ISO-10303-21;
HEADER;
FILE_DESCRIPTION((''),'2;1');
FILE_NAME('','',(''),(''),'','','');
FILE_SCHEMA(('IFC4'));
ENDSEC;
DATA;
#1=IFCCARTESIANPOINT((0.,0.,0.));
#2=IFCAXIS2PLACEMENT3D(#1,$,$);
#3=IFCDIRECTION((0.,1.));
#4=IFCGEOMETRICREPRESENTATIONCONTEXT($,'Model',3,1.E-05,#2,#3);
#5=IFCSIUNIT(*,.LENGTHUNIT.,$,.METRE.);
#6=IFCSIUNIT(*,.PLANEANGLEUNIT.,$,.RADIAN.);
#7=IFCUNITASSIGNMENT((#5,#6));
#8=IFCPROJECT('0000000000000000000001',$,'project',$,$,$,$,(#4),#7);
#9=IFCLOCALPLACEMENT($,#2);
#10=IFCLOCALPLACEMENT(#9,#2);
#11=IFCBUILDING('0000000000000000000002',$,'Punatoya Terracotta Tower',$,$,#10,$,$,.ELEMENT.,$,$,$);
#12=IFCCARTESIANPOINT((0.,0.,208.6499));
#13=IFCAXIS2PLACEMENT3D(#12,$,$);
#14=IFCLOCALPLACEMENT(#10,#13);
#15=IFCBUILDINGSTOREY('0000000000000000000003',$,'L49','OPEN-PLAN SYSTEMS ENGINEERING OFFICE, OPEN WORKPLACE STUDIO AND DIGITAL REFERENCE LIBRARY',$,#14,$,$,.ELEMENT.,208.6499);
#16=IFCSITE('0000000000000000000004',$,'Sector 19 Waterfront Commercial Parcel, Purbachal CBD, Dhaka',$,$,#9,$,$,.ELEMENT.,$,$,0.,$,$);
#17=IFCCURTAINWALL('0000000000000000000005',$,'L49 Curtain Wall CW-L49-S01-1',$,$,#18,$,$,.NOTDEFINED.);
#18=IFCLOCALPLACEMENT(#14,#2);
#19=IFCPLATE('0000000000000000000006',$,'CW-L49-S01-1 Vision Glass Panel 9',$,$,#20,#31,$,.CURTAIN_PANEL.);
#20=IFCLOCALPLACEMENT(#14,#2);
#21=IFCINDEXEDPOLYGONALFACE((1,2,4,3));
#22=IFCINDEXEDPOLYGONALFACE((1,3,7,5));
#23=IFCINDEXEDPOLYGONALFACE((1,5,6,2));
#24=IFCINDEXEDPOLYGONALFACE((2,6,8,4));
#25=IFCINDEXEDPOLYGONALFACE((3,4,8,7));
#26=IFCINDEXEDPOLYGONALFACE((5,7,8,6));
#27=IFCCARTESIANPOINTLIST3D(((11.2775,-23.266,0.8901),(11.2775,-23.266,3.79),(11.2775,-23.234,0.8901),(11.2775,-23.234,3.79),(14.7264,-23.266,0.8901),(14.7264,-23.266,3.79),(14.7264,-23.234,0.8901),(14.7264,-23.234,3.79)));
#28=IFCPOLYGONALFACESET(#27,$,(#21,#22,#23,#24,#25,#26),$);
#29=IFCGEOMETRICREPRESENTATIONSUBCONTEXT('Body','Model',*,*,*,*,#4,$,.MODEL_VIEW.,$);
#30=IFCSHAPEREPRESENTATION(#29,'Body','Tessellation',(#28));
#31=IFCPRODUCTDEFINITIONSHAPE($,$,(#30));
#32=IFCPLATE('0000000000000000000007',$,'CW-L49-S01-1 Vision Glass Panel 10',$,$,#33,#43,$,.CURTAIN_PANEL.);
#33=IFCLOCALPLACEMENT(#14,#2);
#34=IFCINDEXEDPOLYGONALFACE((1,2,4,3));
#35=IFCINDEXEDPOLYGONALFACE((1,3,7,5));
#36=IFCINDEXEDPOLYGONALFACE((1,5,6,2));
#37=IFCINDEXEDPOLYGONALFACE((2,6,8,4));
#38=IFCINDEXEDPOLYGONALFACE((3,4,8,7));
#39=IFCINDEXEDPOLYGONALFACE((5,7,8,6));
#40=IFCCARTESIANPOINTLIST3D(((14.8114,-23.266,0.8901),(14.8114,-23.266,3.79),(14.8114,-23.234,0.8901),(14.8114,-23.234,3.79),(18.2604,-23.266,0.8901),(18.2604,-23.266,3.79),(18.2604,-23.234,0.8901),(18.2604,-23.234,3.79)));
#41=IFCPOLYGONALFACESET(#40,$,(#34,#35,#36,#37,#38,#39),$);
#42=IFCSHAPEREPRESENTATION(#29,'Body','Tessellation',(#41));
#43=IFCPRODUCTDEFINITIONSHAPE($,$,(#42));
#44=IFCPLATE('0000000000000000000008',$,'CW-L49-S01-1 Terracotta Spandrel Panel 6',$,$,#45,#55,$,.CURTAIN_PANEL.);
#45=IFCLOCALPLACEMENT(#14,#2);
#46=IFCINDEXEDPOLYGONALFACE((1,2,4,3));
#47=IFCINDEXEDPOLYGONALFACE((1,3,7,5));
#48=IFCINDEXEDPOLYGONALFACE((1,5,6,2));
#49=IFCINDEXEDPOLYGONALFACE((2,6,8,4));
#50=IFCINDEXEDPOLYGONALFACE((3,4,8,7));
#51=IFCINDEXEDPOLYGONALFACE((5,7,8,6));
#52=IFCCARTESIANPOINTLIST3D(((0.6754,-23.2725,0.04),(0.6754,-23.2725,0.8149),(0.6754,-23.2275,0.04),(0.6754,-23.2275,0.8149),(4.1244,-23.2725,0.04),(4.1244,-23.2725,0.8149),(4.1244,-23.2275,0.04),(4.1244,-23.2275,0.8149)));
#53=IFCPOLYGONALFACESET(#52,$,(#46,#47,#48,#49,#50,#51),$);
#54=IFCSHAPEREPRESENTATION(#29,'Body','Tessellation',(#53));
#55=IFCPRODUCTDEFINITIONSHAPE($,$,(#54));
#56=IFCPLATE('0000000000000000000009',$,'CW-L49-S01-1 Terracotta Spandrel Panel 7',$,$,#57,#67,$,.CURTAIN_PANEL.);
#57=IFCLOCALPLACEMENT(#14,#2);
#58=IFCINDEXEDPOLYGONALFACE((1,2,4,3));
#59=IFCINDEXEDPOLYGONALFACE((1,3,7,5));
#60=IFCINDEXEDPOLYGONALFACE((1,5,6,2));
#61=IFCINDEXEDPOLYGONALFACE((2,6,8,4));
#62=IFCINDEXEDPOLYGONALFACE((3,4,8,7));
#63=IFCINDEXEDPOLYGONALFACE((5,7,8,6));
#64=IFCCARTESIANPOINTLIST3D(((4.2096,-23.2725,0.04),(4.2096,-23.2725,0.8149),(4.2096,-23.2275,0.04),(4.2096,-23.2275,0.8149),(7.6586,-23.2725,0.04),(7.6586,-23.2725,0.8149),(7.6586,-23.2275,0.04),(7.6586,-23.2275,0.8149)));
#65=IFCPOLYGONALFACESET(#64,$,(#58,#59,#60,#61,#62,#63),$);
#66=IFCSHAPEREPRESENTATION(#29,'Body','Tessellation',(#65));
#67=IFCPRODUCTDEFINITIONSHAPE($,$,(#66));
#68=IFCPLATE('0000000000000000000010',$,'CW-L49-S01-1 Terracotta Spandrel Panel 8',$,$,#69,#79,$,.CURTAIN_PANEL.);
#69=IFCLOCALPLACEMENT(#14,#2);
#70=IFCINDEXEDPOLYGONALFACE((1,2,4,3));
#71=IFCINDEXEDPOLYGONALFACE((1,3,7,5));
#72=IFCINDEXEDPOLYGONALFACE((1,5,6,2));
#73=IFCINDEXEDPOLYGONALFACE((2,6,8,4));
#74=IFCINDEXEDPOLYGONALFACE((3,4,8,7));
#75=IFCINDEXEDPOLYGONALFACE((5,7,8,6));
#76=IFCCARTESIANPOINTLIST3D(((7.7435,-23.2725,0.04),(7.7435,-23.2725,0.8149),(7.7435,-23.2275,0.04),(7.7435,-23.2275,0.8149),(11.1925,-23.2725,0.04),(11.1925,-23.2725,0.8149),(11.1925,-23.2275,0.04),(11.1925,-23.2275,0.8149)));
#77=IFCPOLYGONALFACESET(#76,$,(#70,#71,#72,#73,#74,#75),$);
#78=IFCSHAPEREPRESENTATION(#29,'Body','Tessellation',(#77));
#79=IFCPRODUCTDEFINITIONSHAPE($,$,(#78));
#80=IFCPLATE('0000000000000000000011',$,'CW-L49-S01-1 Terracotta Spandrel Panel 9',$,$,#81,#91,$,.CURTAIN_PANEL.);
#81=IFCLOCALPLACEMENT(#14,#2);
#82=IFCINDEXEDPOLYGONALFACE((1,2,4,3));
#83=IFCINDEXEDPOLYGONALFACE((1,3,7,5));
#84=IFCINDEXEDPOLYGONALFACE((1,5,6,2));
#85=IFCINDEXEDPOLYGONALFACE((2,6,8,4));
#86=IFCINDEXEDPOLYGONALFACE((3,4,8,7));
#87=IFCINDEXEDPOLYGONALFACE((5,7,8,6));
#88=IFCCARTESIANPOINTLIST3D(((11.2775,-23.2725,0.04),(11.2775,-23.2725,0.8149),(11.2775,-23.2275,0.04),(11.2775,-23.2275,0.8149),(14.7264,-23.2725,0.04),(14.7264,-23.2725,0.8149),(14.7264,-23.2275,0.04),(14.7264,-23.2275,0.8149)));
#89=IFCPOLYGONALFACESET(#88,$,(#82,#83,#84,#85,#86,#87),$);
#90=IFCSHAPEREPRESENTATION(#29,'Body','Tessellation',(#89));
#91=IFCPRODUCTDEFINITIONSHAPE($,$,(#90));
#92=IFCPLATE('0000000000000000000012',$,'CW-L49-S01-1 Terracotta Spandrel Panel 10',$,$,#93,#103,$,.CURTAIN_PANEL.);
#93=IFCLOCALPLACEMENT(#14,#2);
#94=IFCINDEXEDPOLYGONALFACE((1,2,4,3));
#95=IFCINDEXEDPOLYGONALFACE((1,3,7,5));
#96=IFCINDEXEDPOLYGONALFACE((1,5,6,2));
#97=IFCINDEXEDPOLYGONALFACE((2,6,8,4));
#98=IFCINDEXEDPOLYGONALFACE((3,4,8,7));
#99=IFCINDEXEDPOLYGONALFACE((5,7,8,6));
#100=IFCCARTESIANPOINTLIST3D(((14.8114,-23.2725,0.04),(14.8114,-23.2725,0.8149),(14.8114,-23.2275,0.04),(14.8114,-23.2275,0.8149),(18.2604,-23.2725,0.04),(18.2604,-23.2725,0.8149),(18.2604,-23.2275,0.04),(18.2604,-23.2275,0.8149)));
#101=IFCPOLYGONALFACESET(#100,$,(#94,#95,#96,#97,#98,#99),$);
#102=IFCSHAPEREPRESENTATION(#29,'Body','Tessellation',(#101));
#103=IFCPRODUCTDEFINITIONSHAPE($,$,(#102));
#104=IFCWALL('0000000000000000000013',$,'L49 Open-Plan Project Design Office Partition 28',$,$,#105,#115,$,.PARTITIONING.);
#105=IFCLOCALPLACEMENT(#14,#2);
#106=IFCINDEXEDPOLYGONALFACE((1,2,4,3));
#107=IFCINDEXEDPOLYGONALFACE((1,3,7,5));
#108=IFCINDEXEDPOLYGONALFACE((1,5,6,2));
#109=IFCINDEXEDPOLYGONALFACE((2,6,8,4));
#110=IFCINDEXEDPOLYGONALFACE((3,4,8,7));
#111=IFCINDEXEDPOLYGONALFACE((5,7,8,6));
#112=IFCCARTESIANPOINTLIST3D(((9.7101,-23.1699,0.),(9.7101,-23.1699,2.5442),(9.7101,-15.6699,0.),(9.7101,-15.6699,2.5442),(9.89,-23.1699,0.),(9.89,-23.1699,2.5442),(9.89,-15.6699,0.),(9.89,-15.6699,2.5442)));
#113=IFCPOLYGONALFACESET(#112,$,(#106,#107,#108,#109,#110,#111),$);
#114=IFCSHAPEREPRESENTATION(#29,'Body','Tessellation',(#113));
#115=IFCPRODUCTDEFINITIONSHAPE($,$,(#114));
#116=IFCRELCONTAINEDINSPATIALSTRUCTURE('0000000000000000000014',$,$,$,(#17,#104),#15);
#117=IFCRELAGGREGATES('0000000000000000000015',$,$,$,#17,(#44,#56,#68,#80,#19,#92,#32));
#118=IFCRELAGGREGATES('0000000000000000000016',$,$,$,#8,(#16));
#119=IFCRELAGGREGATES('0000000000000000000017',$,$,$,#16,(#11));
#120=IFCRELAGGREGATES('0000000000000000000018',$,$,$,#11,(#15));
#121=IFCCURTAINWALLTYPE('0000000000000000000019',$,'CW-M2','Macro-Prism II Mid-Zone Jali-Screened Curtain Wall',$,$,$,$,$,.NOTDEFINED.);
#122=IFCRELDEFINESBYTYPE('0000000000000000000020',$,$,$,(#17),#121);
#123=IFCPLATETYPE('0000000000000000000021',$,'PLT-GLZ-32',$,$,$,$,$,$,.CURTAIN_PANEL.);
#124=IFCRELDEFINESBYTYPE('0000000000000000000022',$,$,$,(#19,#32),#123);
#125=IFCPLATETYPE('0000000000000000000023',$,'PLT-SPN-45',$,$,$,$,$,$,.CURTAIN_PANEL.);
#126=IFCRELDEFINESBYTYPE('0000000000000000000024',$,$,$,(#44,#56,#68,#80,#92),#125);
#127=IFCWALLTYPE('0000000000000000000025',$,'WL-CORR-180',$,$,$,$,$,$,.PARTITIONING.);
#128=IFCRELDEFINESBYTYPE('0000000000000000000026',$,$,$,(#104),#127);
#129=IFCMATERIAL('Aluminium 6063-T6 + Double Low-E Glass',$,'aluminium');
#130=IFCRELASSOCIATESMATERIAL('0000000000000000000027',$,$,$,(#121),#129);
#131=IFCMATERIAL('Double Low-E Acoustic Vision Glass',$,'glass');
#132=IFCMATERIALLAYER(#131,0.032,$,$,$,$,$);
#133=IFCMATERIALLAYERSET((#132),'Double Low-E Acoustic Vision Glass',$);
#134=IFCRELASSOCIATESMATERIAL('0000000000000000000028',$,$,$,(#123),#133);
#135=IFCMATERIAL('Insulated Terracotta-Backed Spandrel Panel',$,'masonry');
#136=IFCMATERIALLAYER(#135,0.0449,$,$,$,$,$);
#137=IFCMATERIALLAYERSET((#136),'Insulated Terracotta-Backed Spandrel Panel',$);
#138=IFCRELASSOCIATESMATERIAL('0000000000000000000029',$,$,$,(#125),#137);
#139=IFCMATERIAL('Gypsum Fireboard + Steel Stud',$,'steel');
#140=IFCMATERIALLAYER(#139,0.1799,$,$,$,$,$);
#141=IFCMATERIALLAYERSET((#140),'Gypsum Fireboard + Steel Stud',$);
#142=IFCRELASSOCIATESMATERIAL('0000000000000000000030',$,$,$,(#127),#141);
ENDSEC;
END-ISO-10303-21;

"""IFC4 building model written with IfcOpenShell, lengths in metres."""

from ifc_helpers import new_model, si_unit, direction, frame, frame_2d, origin, origin_2d, place, context, subcontext, project, spatial, rectangle, extrude, material, layer, layer_set, type_object, element, aggregate, save


model = new_model("IFC4")

# Units and contexts
model_context = context("Model", 3, precision=1e-05, world=origin(), true_north=direction((0.0, 1.0)))
body_context = subcontext(model_context, "Body", "Model", "MODEL_VIEW")
ifc_project = project(units=[si_unit("LENGTHUNIT", "METRE"), si_unit("PLANEANGLEUNIT", "RADIAN")], contexts=[model_context])

# Site, building, storey
site_placement = place(None, origin())
site = spatial("IfcSite", under=ifc_project, at=site_placement, Name="Sector 19 Waterfront Commercial Parcel, Purbachal CBD, Dhaka", CompositionType="ELEMENT", RefElevation=0.0)
building_placement = place(site_placement, origin())
building = spatial("IfcBuilding", under=site, at=building_placement, Name="Punatoya Terracotta Tower", CompositionType="ELEMENT")
storey_placement = place(building_placement, frame((0.0, 0.0, 208.6499)))
storey = spatial("IfcBuildingStorey", under=building, at=storey_placement, Name="L49", Description="OPEN-PLAN SYSTEMS ENGINEERING OFFICE, OPEN WORKPLACE STUDIO AND DIGITAL REFERENCE LIBRARY", CompositionType="ELEMENT", Elevation=208.6499)

# Curtain wall, plates
ifc_material_1 = material(Name="Aluminium 6063-T6 + Double Low-E Glass", Category="aluminium")
curtain_wall_type = type_object("IfcCurtainWallType", Name="CW-M2", Description="Macro-Prism II Mid-Zone Jali-Screened Curtain Wall", PredefinedType="NOTDEFINED", material=ifc_material_1)
curtain_wall_placement = place(storey_placement, origin())
curtain_wall = element("IfcCurtainWall", 1, at=curtain_wall_placement, inside=storey, type_object=curtain_wall_type, Name="L49 Curtain Wall CW-L49-S01-1", PredefinedType="NOTDEFINED")
ifc_material_2 = material(Name="Double Low-E Acoustic Vision Glass", Category="glass")
ifc_layer_1 = layer(ifc_material_2, 0.032)
ifc_layer_set_1 = layer_set([ifc_layer_1], Name="Double Low-E Acoustic Vision Glass")
plate_type_1 = type_object("IfcPlateType", Name="PLT-GLZ-32", PredefinedType="CURTAIN_PANEL", material=ifc_layer_set_1)
plate_1_placement = place(storey_placement, frame((13.002, -23.25, 0.8901), z_axis=(0.0, 0.0, 1.0), x_axis=(1.0, 0.0, 0.0)))
plate_1 = element("IfcPlate", 2, at=plate_1_placement, type_object=plate_type_1, Name="CW-L49-S01-1 Vision Glass Panel 9", PredefinedType="CURTAIN_PANEL", context=body_context, shape_type="SweptSolid", body=[
    extrude(rectangle(XDim=3.449, YDim=0.032, at=origin_2d()), origin(), (0.0, 0.0, 1.0), 2.8999),
])
plate_2_placement = place(storey_placement, frame((16.5359, -23.25, 0.8901), z_axis=(0.0, 0.0, 1.0), x_axis=(1.0, 0.0, 0.0)))
plate_2 = element("IfcPlate", 3, at=plate_2_placement, type_object=plate_type_1, Name="CW-L49-S01-1 Vision Glass Panel 10", PredefinedType="CURTAIN_PANEL", context=body_context, shape_type="SweptSolid", body=[
    extrude(rectangle(XDim=3.449, YDim=0.032, at=origin_2d()), origin(), (0.0, 0.0, 1.0), 2.8999),
])
ifc_material_3 = material(Name="Insulated Terracotta-Backed Spandrel Panel", Category="masonry")
ifc_layer_2 = layer(ifc_material_3, 0.0449)
ifc_layer_set_2 = layer_set([ifc_layer_2], Name="Insulated Terracotta-Backed Spandrel Panel")
plate_type_2 = type_object("IfcPlateType", Name="PLT-SPN-45", PredefinedType="CURTAIN_PANEL", material=ifc_layer_set_2)
plate_3_placement = place(storey_placement, frame((2.3999, -23.25, 0.04), z_axis=(0.0, 0.0, 1.0), x_axis=(1.0, 0.0, 0.0)))
plate_3 = element("IfcPlate", 4, at=plate_3_placement, type_object=plate_type_2, Name="CW-L49-S01-1 Terracotta Spandrel Panel 6", PredefinedType="CURTAIN_PANEL", context=body_context, shape_type="SweptSolid", body=[
    extrude(rectangle(XDim=3.449, YDim=0.0449, at=origin_2d()), origin(), (0.0, 0.0, 1.0), 0.7749),
])
plate_4_placement = place(storey_placement, frame((5.9341, -23.25, 0.04), z_axis=(0.0, 0.0, 1.0), x_axis=(1.0, 0.0, 0.0)))
plate_4 = element("IfcPlate", 5, at=plate_4_placement, type_object=plate_type_2, Name="CW-L49-S01-1 Terracotta Spandrel Panel 7", PredefinedType="CURTAIN_PANEL", context=body_context, shape_type="SweptSolid", body=[
    extrude(rectangle(XDim=3.449, YDim=0.0449, at=origin_2d()), origin(), (0.0, 0.0, 1.0), 0.7749),
])
plate_5_placement = place(storey_placement, frame((9.468, -23.25, 0.04), z_axis=(0.0, 0.0, 1.0), x_axis=(1.0, 0.0, 0.0)))
plate_5 = element("IfcPlate", 6, at=plate_5_placement, type_object=plate_type_2, Name="CW-L49-S01-1 Terracotta Spandrel Panel 8", PredefinedType="CURTAIN_PANEL", context=body_context, shape_type="SweptSolid", body=[
    extrude(rectangle(XDim=3.449, YDim=0.0449, at=origin_2d()), origin(), (0.0, 0.0, 1.0), 0.7749),
])
plate_6_placement = place(storey_placement, frame((13.002, -23.25, 0.04), z_axis=(0.0, 0.0, 1.0), x_axis=(1.0, 0.0, 0.0)))
plate_6 = element("IfcPlate", 7, at=plate_6_placement, type_object=plate_type_2, Name="CW-L49-S01-1 Terracotta Spandrel Panel 9", PredefinedType="CURTAIN_PANEL", context=body_context, shape_type="SweptSolid", body=[
    extrude(rectangle(XDim=3.449, YDim=0.0449, at=origin_2d()), origin(), (0.0, 0.0, 1.0), 0.7749),
])
plate_7_placement = place(storey_placement, frame((16.5359, -23.25, 0.04), z_axis=(0.0, 0.0, 1.0), x_axis=(1.0, 0.0, 0.0)))
plate_7 = element("IfcPlate", 8, at=plate_7_placement, type_object=plate_type_2, Name="CW-L49-S01-1 Terracotta Spandrel Panel 10", PredefinedType="CURTAIN_PANEL", context=body_context, shape_type="SweptSolid", body=[
    extrude(rectangle(XDim=3.449, YDim=0.0449, at=origin_2d()), origin(), (0.0, 0.0, 1.0), 0.7749),
])
aggregate(curtain_wall, [plate_3, plate_4, plate_5, plate_6, plate_1, plate_7, plate_2])

# Wall
ifc_material_4 = material(Name="Gypsum Fireboard + Steel Stud", Category="steel")
ifc_layer_3 = layer(ifc_material_4, 0.1799)
ifc_layer_set_3 = layer_set([ifc_layer_3], Name="Gypsum Fireboard + Steel Stud")
wall_type = type_object("IfcWallType", Name="WL-CORR-180", PredefinedType="PARTITIONING", material=ifc_layer_set_3)
wall_placement = place(storey_placement, frame((9.8, -23.1699, 0.0), z_axis=(0.0, 0.0, 1.0), x_axis=(0.0, 1.0, 0.0)))
element("IfcWall", 9, at=wall_placement, inside=storey, type_object=wall_type, Name="L49 Open-Plan Project Design Office Partition 28", PredefinedType="PARTITIONING", context=body_context, shape_type="SweptSolid", body=[
    extrude(rectangle(XDim=7.5, YDim=0.1799, at=frame_2d((3.75, 0.0))), origin(), (0.0, 0.0, 1.0), 2.5442),
])

save(model, "model.ifc")
